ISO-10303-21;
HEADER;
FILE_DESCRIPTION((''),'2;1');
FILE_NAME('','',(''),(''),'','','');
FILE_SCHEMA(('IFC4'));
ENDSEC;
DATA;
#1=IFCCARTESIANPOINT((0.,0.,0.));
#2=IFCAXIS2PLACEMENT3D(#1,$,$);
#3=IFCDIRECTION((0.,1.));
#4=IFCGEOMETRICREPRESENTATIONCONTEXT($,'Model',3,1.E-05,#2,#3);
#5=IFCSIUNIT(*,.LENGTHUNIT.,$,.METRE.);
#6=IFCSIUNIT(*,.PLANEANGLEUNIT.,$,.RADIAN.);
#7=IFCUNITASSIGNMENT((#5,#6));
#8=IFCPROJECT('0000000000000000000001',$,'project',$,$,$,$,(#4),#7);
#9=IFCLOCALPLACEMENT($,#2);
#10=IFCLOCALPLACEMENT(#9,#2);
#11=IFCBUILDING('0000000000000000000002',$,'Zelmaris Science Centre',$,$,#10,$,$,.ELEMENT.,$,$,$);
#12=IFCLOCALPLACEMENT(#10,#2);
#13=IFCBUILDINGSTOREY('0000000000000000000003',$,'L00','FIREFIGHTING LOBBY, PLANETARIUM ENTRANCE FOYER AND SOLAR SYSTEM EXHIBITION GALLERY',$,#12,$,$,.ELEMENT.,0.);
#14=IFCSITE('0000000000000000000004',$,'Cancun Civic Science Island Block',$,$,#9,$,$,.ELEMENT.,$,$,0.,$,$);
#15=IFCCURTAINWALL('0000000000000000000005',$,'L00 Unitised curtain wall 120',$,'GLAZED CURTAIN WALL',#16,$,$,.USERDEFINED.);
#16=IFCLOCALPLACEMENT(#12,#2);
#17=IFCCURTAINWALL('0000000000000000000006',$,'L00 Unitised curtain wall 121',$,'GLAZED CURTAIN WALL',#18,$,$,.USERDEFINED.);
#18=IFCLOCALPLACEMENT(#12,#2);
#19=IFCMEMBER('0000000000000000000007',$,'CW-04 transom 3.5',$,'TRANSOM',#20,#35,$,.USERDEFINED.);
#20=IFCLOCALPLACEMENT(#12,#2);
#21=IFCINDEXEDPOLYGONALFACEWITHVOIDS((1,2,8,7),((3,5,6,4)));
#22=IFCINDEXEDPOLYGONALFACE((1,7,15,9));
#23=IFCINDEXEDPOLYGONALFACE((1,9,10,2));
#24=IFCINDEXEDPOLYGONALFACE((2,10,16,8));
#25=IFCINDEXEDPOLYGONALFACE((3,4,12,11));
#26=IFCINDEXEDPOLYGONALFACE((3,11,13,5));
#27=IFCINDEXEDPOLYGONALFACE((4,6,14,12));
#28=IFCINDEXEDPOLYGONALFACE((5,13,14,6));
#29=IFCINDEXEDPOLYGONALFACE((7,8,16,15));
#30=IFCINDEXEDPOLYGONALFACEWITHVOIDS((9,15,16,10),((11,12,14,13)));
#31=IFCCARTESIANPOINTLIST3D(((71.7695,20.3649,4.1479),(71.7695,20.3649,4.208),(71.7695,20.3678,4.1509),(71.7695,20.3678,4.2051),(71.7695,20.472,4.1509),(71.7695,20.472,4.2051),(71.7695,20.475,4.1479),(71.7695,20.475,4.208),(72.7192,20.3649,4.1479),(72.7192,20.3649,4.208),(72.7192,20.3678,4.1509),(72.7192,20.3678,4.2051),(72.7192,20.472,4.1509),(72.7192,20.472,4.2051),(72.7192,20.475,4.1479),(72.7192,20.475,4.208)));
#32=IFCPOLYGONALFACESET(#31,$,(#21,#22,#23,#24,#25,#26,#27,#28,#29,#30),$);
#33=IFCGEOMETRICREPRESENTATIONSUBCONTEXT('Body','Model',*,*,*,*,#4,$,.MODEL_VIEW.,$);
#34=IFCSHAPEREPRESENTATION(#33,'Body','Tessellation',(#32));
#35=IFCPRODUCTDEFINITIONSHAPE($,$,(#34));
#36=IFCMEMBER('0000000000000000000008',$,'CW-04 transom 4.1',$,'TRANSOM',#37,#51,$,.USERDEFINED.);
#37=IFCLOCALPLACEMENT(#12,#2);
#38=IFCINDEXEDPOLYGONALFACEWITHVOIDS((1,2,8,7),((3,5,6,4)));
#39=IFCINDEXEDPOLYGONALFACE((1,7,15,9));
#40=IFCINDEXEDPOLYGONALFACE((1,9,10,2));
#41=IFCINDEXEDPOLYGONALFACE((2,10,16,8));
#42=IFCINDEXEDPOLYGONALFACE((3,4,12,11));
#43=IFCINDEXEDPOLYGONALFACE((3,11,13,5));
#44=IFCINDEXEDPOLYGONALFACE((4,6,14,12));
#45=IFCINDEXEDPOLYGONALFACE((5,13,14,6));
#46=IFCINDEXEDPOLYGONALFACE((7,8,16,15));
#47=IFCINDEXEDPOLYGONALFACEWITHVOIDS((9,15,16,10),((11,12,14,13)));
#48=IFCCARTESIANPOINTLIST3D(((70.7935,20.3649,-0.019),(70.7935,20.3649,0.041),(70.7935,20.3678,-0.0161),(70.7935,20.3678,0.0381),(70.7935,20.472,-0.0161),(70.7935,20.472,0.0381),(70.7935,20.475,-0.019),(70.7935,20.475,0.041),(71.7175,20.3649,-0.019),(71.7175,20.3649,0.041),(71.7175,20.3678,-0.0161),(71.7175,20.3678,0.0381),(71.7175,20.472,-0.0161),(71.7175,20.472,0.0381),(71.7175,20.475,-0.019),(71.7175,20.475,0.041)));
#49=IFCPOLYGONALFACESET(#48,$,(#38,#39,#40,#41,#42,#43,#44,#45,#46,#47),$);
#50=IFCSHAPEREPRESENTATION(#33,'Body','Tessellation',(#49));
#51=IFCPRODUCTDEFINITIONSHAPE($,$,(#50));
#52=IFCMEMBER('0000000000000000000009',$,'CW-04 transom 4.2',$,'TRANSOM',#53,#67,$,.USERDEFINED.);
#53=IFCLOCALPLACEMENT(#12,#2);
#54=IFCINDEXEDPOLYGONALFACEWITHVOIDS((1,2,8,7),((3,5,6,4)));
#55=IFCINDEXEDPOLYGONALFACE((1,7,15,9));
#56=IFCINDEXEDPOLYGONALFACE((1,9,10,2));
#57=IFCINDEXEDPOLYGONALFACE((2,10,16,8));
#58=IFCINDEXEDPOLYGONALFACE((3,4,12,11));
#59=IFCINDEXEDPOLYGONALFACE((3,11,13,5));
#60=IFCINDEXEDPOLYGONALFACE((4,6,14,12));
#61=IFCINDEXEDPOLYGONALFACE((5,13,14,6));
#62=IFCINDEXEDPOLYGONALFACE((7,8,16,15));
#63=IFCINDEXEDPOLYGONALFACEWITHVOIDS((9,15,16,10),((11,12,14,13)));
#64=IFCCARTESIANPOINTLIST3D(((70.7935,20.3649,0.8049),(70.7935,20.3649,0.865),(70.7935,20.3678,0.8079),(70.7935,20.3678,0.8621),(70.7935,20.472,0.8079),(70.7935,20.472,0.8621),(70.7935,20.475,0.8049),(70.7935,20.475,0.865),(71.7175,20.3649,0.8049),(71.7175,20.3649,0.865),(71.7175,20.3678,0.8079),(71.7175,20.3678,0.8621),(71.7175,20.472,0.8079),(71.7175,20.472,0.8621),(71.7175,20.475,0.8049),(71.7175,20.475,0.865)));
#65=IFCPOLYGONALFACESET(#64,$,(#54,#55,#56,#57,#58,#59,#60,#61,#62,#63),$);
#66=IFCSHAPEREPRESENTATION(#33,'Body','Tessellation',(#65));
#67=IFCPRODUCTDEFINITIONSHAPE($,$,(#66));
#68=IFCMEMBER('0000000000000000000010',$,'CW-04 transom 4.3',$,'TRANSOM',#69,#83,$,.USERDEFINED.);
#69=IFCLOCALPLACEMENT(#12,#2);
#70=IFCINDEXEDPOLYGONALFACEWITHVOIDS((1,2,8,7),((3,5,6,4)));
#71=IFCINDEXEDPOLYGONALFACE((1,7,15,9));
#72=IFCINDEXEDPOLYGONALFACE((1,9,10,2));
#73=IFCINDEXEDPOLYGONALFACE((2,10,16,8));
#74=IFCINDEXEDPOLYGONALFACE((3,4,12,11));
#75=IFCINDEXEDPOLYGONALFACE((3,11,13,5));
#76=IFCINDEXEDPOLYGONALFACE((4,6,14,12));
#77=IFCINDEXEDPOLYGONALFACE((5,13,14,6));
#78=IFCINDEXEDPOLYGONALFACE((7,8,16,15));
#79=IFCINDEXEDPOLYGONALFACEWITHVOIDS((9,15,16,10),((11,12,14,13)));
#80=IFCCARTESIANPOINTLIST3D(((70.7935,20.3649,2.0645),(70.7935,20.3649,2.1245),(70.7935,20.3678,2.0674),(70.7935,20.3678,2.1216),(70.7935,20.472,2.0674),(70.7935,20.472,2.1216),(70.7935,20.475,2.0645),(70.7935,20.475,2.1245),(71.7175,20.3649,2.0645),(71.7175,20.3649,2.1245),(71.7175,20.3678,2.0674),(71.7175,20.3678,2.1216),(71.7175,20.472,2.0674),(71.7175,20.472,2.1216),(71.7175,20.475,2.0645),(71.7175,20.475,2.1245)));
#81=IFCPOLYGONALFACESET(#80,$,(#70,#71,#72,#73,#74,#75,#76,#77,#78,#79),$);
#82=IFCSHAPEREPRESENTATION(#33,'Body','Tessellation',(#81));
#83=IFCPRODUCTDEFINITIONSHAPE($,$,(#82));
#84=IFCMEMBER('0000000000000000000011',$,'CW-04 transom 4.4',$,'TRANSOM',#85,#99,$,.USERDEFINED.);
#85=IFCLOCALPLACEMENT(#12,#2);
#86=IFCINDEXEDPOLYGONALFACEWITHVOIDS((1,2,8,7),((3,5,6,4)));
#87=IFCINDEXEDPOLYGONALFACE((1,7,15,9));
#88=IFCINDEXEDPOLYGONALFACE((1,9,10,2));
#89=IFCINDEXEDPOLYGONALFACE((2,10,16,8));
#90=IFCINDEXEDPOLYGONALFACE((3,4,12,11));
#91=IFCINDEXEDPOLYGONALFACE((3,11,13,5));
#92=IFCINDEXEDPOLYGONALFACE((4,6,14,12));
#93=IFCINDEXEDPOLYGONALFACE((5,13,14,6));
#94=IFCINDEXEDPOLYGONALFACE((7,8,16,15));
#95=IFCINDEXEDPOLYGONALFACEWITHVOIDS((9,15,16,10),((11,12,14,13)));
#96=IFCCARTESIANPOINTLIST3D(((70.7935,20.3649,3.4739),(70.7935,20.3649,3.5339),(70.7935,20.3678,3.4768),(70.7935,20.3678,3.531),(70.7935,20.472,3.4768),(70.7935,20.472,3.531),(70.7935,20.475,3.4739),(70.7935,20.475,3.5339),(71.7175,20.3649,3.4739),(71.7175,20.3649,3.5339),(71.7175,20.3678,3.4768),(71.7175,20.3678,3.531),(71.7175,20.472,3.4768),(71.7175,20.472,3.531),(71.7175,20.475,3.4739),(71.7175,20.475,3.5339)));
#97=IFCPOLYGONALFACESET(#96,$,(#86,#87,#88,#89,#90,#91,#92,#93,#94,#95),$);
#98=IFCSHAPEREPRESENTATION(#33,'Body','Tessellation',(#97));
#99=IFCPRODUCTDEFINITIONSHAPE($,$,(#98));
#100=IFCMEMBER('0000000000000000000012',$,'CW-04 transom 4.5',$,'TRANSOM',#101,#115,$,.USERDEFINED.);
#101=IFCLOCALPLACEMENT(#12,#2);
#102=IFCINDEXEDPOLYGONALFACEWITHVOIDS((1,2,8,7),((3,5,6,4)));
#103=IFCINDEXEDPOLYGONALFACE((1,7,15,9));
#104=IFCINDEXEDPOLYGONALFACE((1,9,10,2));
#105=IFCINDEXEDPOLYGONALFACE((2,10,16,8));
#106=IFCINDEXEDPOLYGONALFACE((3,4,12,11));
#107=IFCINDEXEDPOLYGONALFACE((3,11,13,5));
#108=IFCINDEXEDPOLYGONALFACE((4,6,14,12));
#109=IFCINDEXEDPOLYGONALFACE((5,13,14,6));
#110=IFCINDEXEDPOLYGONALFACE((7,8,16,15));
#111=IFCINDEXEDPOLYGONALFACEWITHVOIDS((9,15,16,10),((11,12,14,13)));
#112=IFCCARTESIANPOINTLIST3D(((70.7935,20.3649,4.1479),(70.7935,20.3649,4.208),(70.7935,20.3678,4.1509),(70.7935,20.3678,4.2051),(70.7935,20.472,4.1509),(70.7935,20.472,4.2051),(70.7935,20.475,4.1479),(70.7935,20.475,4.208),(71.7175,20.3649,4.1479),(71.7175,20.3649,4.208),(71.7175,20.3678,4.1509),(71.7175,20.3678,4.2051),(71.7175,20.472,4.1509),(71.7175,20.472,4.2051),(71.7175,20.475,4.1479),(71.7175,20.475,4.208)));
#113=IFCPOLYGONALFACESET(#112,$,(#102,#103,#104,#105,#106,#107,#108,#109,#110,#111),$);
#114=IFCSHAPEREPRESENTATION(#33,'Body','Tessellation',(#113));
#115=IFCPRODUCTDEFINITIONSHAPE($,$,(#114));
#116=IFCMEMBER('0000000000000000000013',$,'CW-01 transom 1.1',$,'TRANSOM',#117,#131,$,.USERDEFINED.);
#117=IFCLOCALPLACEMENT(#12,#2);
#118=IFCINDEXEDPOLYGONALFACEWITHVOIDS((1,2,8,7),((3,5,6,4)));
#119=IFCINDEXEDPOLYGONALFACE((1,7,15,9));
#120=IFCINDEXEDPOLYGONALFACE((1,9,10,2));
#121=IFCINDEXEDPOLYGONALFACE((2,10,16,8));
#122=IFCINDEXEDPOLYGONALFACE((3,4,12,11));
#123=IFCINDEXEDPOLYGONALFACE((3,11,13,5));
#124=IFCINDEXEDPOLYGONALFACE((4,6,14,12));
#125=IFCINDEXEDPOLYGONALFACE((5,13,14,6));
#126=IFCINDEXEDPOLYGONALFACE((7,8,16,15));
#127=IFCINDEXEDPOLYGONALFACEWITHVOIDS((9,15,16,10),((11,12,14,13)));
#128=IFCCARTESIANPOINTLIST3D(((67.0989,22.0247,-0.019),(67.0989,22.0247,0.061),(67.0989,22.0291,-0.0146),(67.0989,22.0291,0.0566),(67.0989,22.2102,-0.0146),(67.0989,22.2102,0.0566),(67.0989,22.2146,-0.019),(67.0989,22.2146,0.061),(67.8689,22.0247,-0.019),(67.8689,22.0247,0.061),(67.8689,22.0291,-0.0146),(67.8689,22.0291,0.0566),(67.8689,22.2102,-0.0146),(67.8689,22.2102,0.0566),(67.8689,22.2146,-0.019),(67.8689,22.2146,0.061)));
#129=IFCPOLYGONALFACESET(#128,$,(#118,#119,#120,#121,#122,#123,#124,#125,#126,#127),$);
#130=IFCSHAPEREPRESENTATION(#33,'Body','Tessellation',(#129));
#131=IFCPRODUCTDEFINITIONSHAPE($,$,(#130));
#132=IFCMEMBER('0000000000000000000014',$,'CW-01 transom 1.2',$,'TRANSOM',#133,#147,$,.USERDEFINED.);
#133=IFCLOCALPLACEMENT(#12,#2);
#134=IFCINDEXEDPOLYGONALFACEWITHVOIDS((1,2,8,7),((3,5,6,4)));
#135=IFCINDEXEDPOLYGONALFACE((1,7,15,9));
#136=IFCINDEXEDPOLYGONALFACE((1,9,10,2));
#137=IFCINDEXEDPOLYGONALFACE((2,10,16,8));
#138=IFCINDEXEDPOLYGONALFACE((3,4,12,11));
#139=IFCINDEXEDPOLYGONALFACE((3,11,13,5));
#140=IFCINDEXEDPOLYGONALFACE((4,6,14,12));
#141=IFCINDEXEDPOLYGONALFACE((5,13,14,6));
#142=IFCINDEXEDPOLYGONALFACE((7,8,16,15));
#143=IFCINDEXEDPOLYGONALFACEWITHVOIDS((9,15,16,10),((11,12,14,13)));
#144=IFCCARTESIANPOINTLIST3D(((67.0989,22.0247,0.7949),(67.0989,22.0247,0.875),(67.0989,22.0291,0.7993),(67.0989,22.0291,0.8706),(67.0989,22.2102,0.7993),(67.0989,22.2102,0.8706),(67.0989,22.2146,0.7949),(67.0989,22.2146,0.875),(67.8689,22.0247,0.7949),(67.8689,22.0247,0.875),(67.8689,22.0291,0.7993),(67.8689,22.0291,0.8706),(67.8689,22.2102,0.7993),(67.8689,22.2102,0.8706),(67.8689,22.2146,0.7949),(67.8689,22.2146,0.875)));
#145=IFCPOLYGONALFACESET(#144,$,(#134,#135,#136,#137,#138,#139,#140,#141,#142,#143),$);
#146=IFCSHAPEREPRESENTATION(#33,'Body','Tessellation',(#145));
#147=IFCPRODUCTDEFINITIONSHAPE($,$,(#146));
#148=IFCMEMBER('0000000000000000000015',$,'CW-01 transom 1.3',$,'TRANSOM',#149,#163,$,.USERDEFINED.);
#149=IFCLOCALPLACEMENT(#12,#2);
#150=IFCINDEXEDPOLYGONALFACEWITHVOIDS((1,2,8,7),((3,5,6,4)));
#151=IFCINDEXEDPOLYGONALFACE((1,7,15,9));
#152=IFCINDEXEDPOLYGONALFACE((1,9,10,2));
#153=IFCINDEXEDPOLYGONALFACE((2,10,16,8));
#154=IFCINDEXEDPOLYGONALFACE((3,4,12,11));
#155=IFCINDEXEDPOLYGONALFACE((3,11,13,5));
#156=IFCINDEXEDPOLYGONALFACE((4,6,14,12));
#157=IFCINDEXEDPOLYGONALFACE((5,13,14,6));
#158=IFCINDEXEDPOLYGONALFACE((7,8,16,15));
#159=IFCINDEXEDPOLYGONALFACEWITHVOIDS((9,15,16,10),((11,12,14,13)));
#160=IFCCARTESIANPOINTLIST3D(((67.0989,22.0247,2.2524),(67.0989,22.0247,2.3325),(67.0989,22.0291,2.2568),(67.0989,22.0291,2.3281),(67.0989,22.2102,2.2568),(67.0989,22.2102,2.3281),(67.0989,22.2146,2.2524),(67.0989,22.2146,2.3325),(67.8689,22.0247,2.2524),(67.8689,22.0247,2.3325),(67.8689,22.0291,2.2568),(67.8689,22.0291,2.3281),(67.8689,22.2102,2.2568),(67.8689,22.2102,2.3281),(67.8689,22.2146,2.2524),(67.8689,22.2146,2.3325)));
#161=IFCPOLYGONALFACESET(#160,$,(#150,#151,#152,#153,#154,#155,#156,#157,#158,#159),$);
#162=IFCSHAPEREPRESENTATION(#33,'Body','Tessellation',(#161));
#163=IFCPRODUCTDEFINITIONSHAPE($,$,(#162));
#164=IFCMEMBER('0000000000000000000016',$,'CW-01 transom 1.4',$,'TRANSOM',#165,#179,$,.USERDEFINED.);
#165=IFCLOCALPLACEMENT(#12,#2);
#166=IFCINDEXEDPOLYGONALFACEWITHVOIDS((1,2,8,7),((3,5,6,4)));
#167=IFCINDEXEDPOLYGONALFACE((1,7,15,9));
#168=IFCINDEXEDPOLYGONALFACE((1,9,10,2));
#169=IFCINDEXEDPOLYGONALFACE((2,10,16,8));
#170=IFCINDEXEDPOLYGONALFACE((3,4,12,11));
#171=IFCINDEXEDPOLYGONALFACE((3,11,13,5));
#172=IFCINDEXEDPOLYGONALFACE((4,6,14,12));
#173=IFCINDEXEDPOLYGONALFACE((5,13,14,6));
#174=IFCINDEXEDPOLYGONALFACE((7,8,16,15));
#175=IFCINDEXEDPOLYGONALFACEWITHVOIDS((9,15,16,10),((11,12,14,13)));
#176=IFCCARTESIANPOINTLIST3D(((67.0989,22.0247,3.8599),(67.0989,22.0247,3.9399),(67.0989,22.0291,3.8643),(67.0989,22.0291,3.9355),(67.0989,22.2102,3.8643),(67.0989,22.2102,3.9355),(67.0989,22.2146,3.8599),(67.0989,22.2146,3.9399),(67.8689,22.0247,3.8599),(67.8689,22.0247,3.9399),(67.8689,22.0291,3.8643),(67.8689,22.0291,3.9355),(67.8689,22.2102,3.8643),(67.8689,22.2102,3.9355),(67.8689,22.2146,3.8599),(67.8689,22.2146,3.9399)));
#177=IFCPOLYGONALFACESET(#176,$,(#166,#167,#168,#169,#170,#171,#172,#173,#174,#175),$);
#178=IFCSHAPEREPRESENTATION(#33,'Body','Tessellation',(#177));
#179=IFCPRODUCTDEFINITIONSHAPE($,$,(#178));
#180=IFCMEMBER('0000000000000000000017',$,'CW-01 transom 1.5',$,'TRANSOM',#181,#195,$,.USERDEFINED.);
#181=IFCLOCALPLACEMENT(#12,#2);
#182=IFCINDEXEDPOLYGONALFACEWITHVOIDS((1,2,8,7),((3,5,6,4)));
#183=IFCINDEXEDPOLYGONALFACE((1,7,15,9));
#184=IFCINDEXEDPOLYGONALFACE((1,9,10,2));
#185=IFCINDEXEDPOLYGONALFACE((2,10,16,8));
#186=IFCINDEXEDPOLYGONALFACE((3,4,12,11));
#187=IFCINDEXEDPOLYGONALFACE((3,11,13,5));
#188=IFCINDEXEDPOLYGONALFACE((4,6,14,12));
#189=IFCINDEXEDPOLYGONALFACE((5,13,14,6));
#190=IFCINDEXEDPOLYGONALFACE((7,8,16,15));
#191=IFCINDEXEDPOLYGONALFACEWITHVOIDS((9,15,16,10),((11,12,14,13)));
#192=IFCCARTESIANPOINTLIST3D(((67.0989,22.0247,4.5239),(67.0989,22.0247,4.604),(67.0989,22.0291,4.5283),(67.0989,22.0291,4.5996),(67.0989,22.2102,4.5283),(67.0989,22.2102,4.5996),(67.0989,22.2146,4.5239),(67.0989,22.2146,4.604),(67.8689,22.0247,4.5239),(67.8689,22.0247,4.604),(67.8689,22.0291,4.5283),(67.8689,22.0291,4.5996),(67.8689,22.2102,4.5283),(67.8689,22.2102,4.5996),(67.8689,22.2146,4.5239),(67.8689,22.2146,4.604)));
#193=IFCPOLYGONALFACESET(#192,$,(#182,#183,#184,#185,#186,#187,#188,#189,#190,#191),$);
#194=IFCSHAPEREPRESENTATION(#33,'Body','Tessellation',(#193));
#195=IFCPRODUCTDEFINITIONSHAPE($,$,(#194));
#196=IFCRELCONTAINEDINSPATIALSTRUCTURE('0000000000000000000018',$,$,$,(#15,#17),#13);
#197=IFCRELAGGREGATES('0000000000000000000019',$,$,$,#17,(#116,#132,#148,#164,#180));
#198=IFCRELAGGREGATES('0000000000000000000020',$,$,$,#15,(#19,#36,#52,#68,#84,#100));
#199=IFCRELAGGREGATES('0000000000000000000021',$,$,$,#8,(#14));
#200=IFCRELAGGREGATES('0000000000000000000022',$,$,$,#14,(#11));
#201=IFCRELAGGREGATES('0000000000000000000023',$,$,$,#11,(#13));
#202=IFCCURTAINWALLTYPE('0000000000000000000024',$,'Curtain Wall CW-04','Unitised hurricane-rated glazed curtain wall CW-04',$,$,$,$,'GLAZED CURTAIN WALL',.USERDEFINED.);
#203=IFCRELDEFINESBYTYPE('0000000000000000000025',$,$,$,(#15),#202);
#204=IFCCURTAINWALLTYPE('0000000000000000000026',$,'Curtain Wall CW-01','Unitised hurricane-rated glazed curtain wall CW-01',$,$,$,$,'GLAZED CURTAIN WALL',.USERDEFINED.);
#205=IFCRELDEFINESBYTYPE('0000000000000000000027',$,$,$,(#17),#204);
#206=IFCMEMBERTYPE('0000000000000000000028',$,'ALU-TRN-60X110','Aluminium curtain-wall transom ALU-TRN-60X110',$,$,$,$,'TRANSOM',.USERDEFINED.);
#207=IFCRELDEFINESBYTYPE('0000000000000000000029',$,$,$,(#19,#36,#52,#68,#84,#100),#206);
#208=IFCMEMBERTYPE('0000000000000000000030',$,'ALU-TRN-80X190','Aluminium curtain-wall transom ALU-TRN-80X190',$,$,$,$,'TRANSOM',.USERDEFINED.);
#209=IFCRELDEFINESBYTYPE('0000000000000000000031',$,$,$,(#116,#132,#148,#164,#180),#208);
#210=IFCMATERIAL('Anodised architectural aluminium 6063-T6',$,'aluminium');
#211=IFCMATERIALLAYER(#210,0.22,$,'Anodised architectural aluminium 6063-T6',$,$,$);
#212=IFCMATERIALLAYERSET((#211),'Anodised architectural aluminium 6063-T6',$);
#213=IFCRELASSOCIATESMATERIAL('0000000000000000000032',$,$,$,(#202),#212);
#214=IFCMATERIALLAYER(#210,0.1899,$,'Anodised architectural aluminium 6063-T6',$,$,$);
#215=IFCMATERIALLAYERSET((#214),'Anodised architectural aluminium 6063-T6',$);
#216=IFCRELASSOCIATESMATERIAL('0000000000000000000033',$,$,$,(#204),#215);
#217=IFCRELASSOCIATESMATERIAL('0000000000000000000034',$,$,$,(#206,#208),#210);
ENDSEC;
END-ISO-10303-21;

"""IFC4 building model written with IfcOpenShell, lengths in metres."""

from ifc_helpers import new_model, si_unit, direction, frame, origin, origin_2d, place, context, subcontext, project, spatial, hollow_rectangle, extrude, material, layer, layer_set, material_profile, profile_set, type_object, element, aggregate, save


model = new_model("IFC4")

# Units and contexts
model_context = context("Model", 3, precision=1e-05, world=origin(), true_north=direction((0.0, 1.0)))
body_context = subcontext(model_context, "Body", "Model", "MODEL_VIEW")
ifc_project = project(units=[si_unit("LENGTHUNIT", "METRE"), si_unit("PLANEANGLEUNIT", "RADIAN")], contexts=[model_context])

# Site, building, storey
site_placement = place(None, origin())
site = spatial("IfcSite", under=ifc_project, at=site_placement, Name="Cancun Civic Science Island Block", CompositionType="ELEMENT", RefElevation=0.0)
building_placement = place(site_placement, origin())
building = spatial("IfcBuilding", under=site, at=building_placement, Name="Zelmaris Science Centre", CompositionType="ELEMENT")
storey_placement = place(building_placement, origin())
storey = spatial("IfcBuildingStorey", under=building, at=storey_placement, Name="L00", Description="FIREFIGHTING LOBBY, PLANETARIUM ENTRANCE FOYER AND SOLAR SYSTEM EXHIBITION GALLERY", CompositionType="ELEMENT", Elevation=0.0)

# Curtain wall
ifc_material_1 = material(Name="Anodised architectural aluminium 6063-T6", Category="aluminium")
ifc_layer_1 = layer(ifc_material_1, 0.22, Name="Anodised architectural aluminium 6063-T6")
ifc_layer_set_1 = layer_set([ifc_layer_1], Name="Anodised architectural aluminium 6063-T6")
curtain_wall_type_1 = type_object("IfcCurtainWallType", Name="Curtain Wall CW-04", Description="Unitised hurricane-rated glazed curtain wall CW-04", ElementType="GLAZED CURTAIN WALL", PredefinedType="USERDEFINED", material=ifc_layer_set_1)
curtain_wall_1_placement = place(storey_placement, origin())
curtain_wall_1 = element("IfcCurtainWall", 1, at=curtain_wall_1_placement, inside=storey, type_object=curtain_wall_type_1, Name="L00 Unitised curtain wall 120", ObjectType="GLAZED CURTAIN WALL", PredefinedType="USERDEFINED")

# Curtain wall
ifc_layer_2 = layer(ifc_material_1, 0.1899, Name="Anodised architectural aluminium 6063-T6")
ifc_layer_set_2 = layer_set([ifc_layer_2], Name="Anodised architectural aluminium 6063-T6")
curtain_wall_type_2 = type_object("IfcCurtainWallType", Name="Curtain Wall CW-01", Description="Unitised hurricane-rated glazed curtain wall CW-01", ElementType="GLAZED CURTAIN WALL", PredefinedType="USERDEFINED", material=ifc_layer_set_2)
curtain_wall_2_placement = place(storey_placement, origin())
curtain_wall_2 = element("IfcCurtainWall", 2, at=curtain_wall_2_placement, inside=storey, type_object=curtain_wall_type_2, Name="L00 Unitised curtain wall 121", ObjectType="GLAZED CURTAIN WALL", PredefinedType="USERDEFINED")

# Members
ifc_material_profile_1 = material_profile(ifc_material_1, hollow_rectangle(XDim=0.0601, YDim=0.1101, WallThickness=0.0029, at=origin_2d()), Name="ALU-TRN-60X110")
ifc_profile_set_1 = profile_set([ifc_material_profile_1], Name="Anodised architectural aluminium 6063-T6")
member_type_1 = type_object("IfcMemberType", Name="ALU-TRN-60X110", Description="Aluminium curtain-wall transom ALU-TRN-60X110", ElementType="TRANSOM", PredefinedType="USERDEFINED", material=ifc_profile_set_1)
member_1_placement = place(storey_placement, frame((72.7192, 20.4199, 4.178), z_axis=(-1.0, 0.0, 0.0), x_axis=(0.0, 0.0, 1.0)))
member_1 = element("IfcMember", 3, at=member_1_placement, type_object=member_type_1, Name="CW-04 transom 3.5", ObjectType="TRANSOM", PredefinedType="USERDEFINED", context=body_context, shape_type="SweptSolid", body=[
    extrude(hollow_rectangle(XDim=0.0601, YDim=0.1101, WallThickness=0.0029, at=origin_2d()), origin(), (0.0, 0.0, 1.0), 0.9497),
])
member_2_placement = place(storey_placement, frame((71.7175, 20.4199, 0.011), z_axis=(-1.0, 0.0, 0.0), x_axis=(0.0, 0.0, 1.0)))
member_2 = element("IfcMember", 4, at=member_2_placement, type_object=member_type_1, Name="CW-04 transom 4.1", ObjectType="TRANSOM", PredefinedType="USERDEFINED", context=body_context, shape_type="SweptSolid", body=[
    extrude(hollow_rectangle(XDim=0.0601, YDim=0.1101, WallThickness=0.0029, at=origin_2d()), origin(), (0.0, 0.0, 1.0), 0.9241),
])
member_3_placement = place(storey_placement, frame((71.7175, 20.4199, 0.835), z_axis=(-1.0, 0.0, 0.0), x_axis=(0.0, 0.0, 1.0)))
member_3 = element("IfcMember", 5, at=member_3_placement, type_object=member_type_1, Name="CW-04 transom 4.2", ObjectType="TRANSOM", PredefinedType="USERDEFINED", context=body_context, shape_type="SweptSolid", body=[
    extrude(hollow_rectangle(XDim=0.0601, YDim=0.1101, WallThickness=0.0029, at=origin_2d()), origin(), (0.0, 0.0, 1.0), 0.9241),
])
member_4_placement = place(storey_placement, frame((71.7175, 20.4199, 2.0945), z_axis=(-1.0, 0.0, 0.0), x_axis=(0.0, 0.0, 1.0)))
member_4 = element("IfcMember", 6, at=member_4_placement, type_object=member_type_1, Name="CW-04 transom 4.3", ObjectType="TRANSOM", PredefinedType="USERDEFINED", context=body_context, shape_type="SweptSolid", body=[
    extrude(hollow_rectangle(XDim=0.0601, YDim=0.1101, WallThickness=0.0029, at=origin_2d()), origin(), (0.0, 0.0, 1.0), 0.9241),
])
member_5_placement = place(storey_placement, frame((71.7175, 20.4199, 3.5039), z_axis=(-1.0, 0.0, 0.0), x_axis=(0.0, 0.0, 1.0)))
member_5 = element("IfcMember", 7, at=member_5_placement, type_object=member_type_1, Name="CW-04 transom 4.4", ObjectType="TRANSOM", PredefinedType="USERDEFINED", context=body_context, shape_type="SweptSolid", body=[
    extrude(hollow_rectangle(XDim=0.0601, YDim=0.1101, WallThickness=0.0029, at=origin_2d()), origin(), (0.0, 0.0, 1.0), 0.9241),
])
member_6_placement = place(storey_placement, frame((71.7175, 20.4199, 4.178), z_axis=(-1.0, 0.0, 0.0), x_axis=(0.0, 0.0, 1.0)))
member_6 = element("IfcMember", 8, at=member_6_placement, type_object=member_type_1, Name="CW-04 transom 4.5", ObjectType="TRANSOM", PredefinedType="USERDEFINED", context=body_context, shape_type="SweptSolid", body=[
    extrude(hollow_rectangle(XDim=0.0601, YDim=0.1101, WallThickness=0.0029, at=origin_2d()), origin(), (0.0, 0.0, 1.0), 0.9241),
])
ifc_material_profile_2 = material_profile(ifc_material_1, hollow_rectangle(XDim=0.0801, YDim=0.1899, WallThickness=0.0044, at=origin_2d()), Name="ALU-TRN-80X190")
ifc_profile_set_2 = profile_set([ifc_material_profile_2], Name="Anodised architectural aluminium 6063-T6")
member_type_2 = type_object("IfcMemberType", Name="ALU-TRN-80X190", Description="Aluminium curtain-wall transom ALU-TRN-80X190", ElementType="TRANSOM", PredefinedType="USERDEFINED", material=ifc_profile_set_2)
member_7_placement = place(storey_placement, frame((67.8689, 22.1196, 0.021), z_axis=(-1.0, 0.0, 0.0), x_axis=(0.0, 0.0, 1.0)))
member_7 = element("IfcMember", 9, at=member_7_placement, type_object=member_type_2, Name="CW-01 transom 1.1", ObjectType="TRANSOM", PredefinedType="USERDEFINED", context=body_context, shape_type="SweptSolid", body=[
    extrude(hollow_rectangle(XDim=0.0801, YDim=0.1899, WallThickness=0.0044, at=origin_2d()), origin(), (0.0, 0.0, 1.0), 0.77),
])
member_8_placement = place(storey_placement, frame((67.8689, 22.1196, 0.835), z_axis=(-1.0, 0.0, 0.0), x_axis=(0.0, 0.0, 1.0)))
member_8 = element("IfcMember", 10, at=member_8_placement, type_object=member_type_2, Name="CW-01 transom 1.2", ObjectType="TRANSOM", PredefinedType="USERDEFINED", context=body_context, shape_type="SweptSolid", body=[
    extrude(hollow_rectangle(XDim=0.0801, YDim=0.1899, WallThickness=0.0044, at=origin_2d()), origin(), (0.0, 0.0, 1.0), 0.77),
])
member_9_placement = place(storey_placement, frame((67.8689, 22.1196, 2.2925), z_axis=(-1.0, 0.0, 0.0), x_axis=(0.0, 0.0, 1.0)))
member_9 = element("IfcMember", 11, at=member_9_placement, type_object=member_type_2, Name="CW-01 transom 1.3", ObjectType="TRANSOM", PredefinedType="USERDEFINED", context=body_context, shape_type="SweptSolid", body=[
    extrude(hollow_rectangle(XDim=0.0801, YDim=0.1899, WallThickness=0.0044, at=origin_2d()), origin(), (0.0, 0.0, 1.0), 0.77),
])
member_10_placement = place(storey_placement, frame((67.8689, 22.1196, 3.8999), z_axis=(-1.0, 0.0, 0.0), x_axis=(0.0, 0.0, 1.0)))
member_10 = element("IfcMember", 12, at=member_10_placement, type_object=member_type_2, Name="CW-01 transom 1.4", ObjectType="TRANSOM", PredefinedType="USERDEFINED", context=body_context, shape_type="SweptSolid", body=[
    extrude(hollow_rectangle(XDim=0.0801, YDim=0.1899, WallThickness=0.0044, at=origin_2d()), origin(), (0.0, 0.0, 1.0), 0.77),
])
member_11_placement = place(storey_placement, frame((67.8689, 22.1196, 4.564), z_axis=(-1.0, 0.0, 0.0), x_axis=(0.0, 0.0, 1.0)))
member_11 = element("IfcMember", 13, at=member_11_placement, type_object=member_type_2, Name="CW-01 transom 1.5", ObjectType="TRANSOM", PredefinedType="USERDEFINED", context=body_context, shape_type="SweptSolid", body=[
    extrude(hollow_rectangle(XDim=0.0801, YDim=0.1899, WallThickness=0.0044, at=origin_2d()), origin(), (0.0, 0.0, 1.0), 0.77),
])
aggregate(curtain_wall_2, [member_7, member_8, member_9, member_10, member_11])

aggregate(curtain_wall_1, [member_1, member_2, member_3, member_4, member_5, member_6])

save(model, "model.ifc")
